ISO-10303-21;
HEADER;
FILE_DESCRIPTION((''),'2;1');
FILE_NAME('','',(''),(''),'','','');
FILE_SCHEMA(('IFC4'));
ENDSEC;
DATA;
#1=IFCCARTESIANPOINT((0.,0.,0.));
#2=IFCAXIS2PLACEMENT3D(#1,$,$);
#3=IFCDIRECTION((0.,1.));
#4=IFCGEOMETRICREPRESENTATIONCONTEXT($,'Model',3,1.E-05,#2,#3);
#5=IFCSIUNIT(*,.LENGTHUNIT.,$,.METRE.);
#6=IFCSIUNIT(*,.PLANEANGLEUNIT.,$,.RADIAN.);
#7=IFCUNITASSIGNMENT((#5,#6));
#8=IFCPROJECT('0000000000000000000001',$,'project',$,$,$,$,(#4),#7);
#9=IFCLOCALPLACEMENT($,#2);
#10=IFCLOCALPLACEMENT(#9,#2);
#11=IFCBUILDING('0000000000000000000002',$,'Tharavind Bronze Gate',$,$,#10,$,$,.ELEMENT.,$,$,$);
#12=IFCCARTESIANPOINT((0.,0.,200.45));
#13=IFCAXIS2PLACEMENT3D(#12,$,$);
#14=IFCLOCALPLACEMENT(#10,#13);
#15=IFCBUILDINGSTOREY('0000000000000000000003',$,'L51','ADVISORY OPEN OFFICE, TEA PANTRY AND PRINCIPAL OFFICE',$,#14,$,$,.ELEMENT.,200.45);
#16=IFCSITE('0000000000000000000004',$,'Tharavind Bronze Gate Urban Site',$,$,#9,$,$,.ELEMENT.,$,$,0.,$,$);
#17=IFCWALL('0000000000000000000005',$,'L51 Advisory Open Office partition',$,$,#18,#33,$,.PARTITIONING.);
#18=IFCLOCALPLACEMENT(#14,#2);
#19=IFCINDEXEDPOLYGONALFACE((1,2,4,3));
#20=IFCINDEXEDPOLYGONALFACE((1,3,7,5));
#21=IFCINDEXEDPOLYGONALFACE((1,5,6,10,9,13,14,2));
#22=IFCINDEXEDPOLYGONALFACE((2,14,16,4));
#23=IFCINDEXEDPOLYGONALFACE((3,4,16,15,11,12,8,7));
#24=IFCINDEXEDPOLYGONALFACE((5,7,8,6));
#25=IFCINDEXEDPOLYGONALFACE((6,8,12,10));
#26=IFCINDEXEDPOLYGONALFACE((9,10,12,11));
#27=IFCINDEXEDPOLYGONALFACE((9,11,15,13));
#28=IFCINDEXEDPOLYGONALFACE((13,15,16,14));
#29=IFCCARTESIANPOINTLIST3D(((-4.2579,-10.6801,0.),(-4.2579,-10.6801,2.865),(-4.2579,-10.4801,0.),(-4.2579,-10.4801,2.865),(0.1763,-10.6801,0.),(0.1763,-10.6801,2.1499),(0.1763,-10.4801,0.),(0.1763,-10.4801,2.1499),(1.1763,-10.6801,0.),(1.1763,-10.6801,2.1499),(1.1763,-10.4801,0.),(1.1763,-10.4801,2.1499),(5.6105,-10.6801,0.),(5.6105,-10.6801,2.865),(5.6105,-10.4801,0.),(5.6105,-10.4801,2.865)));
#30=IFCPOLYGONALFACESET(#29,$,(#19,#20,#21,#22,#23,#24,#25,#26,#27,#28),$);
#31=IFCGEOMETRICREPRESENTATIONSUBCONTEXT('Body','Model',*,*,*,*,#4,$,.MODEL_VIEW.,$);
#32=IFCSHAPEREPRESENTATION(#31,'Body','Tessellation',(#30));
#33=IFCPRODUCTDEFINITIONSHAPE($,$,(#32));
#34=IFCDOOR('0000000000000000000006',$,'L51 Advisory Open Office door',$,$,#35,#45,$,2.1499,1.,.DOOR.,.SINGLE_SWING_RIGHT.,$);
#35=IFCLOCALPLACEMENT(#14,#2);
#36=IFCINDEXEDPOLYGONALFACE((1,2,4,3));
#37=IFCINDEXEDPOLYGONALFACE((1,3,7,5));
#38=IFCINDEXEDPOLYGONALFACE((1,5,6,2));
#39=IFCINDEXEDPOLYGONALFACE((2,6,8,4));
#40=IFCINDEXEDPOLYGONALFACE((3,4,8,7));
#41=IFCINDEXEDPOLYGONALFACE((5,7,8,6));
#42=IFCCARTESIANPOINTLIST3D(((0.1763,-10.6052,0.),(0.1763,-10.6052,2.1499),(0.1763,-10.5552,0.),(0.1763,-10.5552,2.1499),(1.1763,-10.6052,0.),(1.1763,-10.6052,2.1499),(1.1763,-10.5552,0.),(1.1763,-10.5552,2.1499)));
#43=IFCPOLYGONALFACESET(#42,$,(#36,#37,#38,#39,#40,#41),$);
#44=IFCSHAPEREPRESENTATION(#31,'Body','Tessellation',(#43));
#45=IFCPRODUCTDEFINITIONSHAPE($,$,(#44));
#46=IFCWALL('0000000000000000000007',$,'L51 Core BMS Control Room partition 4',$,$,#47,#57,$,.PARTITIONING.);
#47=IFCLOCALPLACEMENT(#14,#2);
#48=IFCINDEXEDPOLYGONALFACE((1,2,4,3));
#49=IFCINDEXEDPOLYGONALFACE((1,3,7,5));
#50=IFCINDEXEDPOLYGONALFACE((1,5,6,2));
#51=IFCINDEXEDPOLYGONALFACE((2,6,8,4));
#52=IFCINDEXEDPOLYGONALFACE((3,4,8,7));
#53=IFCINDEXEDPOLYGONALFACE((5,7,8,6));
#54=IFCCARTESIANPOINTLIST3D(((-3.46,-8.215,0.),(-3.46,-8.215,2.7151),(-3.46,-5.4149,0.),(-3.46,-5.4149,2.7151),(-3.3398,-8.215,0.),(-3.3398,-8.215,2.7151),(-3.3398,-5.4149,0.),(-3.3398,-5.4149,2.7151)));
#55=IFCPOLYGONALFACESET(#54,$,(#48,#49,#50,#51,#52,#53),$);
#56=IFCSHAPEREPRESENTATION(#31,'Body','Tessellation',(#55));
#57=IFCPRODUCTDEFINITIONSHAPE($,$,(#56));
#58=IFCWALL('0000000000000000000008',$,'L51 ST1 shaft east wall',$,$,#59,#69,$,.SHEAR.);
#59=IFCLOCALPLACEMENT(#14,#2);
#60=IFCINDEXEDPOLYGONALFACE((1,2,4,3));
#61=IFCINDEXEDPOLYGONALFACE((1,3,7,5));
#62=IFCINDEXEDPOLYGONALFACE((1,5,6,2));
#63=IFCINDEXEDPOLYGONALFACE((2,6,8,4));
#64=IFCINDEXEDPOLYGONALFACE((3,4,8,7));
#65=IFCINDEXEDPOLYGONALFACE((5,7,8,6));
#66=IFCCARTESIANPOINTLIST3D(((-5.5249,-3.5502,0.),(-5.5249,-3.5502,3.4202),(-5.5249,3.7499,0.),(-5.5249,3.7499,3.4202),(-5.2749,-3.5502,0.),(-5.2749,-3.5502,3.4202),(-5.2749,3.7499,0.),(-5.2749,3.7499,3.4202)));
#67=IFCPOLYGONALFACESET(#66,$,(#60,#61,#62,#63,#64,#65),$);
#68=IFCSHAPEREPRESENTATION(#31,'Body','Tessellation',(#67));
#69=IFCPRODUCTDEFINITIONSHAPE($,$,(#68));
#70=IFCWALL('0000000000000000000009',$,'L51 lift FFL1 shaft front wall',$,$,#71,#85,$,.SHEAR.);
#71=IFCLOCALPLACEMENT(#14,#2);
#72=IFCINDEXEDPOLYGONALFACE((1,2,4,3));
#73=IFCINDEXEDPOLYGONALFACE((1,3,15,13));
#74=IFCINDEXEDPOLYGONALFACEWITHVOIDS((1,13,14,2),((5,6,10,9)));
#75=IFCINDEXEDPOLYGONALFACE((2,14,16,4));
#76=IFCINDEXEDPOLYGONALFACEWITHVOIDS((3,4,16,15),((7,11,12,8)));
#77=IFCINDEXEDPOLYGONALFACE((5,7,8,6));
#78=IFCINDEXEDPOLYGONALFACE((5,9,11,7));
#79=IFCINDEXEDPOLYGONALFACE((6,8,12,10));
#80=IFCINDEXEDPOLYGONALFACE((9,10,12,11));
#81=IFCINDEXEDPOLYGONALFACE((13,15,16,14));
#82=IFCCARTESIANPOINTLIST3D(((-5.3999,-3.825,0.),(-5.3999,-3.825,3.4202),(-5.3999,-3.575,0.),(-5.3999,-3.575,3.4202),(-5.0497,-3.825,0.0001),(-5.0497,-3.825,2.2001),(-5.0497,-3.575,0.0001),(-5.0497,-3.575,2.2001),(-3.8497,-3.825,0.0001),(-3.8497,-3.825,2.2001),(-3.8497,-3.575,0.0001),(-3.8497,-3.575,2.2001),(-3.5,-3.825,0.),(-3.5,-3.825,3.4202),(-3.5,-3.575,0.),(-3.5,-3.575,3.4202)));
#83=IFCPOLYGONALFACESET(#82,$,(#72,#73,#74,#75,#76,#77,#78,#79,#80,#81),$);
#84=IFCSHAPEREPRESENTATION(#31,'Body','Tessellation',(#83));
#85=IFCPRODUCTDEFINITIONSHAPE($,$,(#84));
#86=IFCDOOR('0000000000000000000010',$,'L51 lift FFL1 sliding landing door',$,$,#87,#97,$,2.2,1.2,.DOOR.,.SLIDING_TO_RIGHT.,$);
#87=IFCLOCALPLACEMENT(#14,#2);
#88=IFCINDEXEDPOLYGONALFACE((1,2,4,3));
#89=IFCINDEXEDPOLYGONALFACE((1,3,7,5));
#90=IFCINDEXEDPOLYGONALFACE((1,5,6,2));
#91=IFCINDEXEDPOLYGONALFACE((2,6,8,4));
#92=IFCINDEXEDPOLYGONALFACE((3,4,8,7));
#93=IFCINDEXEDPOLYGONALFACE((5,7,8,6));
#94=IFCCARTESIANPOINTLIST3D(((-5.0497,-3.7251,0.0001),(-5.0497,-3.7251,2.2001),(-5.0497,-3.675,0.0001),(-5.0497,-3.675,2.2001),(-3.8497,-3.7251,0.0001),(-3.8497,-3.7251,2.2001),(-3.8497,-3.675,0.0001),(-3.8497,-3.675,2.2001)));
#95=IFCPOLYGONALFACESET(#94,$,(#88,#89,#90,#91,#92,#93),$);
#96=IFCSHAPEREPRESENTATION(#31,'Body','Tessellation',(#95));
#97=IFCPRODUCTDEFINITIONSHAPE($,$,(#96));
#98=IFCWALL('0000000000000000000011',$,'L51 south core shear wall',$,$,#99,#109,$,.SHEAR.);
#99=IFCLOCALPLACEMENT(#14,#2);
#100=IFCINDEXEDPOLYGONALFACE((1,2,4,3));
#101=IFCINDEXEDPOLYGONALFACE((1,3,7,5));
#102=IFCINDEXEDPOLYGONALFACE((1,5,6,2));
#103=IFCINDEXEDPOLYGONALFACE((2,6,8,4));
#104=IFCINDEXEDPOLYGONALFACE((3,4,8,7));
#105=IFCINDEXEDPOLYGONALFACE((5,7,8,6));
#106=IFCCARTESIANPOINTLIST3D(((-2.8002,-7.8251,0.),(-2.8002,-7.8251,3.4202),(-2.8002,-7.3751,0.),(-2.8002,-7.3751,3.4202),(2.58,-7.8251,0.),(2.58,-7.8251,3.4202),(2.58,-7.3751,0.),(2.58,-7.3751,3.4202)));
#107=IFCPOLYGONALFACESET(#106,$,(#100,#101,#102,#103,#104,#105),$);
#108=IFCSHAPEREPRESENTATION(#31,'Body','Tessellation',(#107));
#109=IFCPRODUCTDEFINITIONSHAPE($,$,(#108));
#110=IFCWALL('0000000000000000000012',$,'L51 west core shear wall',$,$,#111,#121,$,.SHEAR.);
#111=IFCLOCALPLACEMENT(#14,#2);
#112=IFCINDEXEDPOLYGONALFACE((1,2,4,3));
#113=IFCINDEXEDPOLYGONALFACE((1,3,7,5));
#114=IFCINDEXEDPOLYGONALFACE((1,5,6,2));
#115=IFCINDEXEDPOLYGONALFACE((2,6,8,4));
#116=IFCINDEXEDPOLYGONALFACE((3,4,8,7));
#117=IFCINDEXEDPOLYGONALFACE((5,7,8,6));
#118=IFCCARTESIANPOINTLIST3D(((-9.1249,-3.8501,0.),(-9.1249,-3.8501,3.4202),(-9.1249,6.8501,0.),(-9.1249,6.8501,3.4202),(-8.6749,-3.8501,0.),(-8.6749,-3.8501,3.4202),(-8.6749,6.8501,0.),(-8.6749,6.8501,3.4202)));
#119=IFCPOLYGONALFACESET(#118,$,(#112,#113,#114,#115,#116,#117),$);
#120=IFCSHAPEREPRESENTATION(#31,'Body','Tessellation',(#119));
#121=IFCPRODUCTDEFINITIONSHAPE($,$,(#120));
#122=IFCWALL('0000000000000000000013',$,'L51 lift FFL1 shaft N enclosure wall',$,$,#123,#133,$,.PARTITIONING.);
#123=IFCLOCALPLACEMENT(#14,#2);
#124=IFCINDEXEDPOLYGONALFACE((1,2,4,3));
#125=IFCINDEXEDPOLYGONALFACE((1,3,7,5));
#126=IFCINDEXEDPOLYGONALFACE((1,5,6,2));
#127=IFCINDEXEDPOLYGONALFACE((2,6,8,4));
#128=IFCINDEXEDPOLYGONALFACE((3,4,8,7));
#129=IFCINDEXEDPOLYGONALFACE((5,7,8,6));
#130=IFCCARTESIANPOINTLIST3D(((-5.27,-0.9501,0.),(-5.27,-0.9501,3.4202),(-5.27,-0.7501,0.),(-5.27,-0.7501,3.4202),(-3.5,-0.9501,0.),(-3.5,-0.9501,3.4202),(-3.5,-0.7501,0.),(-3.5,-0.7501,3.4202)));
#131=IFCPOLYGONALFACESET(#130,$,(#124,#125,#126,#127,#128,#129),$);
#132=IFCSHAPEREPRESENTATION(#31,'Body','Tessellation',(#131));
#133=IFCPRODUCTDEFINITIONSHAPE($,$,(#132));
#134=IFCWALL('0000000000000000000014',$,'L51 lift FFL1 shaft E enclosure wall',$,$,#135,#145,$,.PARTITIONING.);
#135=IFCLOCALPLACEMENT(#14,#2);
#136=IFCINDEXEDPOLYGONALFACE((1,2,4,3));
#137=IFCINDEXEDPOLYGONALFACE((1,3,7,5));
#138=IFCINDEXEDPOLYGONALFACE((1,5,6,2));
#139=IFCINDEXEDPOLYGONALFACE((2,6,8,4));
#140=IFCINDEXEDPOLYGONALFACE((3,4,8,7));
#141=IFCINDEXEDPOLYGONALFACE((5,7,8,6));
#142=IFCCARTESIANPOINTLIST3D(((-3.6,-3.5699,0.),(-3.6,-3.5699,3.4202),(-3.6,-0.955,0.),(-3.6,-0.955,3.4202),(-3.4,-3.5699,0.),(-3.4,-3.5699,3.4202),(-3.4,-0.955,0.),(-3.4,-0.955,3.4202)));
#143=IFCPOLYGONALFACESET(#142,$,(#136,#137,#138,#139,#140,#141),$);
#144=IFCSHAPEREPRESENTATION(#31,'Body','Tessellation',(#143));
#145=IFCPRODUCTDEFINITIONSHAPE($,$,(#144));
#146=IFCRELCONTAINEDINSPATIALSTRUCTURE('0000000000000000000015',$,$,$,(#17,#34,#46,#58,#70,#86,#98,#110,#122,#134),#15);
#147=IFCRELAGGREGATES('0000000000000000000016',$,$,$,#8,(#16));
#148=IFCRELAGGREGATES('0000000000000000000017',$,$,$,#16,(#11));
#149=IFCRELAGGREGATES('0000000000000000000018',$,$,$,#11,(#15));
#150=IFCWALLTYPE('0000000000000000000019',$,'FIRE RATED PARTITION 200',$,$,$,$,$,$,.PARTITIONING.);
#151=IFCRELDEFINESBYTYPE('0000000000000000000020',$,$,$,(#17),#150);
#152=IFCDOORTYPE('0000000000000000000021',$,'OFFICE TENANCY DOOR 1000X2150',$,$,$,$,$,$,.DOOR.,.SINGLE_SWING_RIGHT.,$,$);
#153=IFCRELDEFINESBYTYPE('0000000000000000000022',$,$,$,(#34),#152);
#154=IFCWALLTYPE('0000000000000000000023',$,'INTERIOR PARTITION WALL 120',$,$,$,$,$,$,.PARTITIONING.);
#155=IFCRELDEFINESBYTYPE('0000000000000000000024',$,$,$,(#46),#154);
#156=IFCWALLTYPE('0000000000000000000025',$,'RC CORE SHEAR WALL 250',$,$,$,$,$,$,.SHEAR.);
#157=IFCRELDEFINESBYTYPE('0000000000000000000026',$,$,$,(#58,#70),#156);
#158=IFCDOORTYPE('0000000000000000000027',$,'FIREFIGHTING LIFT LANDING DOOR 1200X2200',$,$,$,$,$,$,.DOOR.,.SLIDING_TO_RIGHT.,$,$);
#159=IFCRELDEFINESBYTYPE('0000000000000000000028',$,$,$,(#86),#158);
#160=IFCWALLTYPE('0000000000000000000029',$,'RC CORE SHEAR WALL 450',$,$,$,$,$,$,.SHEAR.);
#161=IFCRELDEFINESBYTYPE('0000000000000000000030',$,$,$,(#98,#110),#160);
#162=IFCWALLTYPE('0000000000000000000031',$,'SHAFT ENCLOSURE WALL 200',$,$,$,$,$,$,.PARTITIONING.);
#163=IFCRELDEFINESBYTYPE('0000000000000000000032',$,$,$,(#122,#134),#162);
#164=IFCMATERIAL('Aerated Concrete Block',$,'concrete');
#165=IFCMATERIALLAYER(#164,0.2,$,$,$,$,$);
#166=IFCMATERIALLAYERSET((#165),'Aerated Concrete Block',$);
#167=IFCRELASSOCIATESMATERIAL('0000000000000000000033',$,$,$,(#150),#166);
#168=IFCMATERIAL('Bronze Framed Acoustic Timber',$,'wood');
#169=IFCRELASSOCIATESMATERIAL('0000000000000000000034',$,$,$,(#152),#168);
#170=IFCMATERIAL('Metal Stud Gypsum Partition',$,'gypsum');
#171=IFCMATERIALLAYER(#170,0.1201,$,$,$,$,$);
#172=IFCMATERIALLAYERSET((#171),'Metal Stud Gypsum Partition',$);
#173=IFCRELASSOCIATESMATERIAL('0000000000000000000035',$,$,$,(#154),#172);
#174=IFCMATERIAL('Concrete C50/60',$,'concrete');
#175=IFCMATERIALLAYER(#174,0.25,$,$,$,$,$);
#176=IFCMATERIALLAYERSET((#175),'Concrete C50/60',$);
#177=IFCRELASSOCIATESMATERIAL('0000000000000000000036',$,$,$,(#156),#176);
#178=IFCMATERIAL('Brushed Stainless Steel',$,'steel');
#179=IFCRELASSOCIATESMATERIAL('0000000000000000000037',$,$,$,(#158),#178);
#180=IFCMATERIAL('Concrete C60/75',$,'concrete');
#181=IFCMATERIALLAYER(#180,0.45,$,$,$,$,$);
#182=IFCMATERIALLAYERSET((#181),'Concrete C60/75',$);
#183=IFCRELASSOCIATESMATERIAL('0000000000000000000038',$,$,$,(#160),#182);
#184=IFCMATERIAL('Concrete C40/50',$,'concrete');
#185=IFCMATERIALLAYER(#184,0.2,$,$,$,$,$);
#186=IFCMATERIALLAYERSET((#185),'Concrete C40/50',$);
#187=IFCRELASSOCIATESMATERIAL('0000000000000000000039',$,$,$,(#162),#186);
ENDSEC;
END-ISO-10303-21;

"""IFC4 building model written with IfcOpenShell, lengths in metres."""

from ifc_helpers import new_model, si_unit, direction, frame, frame_2d, origin, place, context, subcontext, project, spatial, rectangle, extrude, material, layer, layer_set, type_object, element, fill, save


model = new_model("IFC4")

# Units and contexts
model_context = context("Model", 3, precision=1e-05, world=origin(), true_north=direction((0.0, 1.0)))
body_context = subcontext(model_context, "Body", "Model", "MODEL_VIEW")
ifc_project = project(units=[si_unit("LENGTHUNIT", "METRE"), si_unit("PLANEANGLEUNIT", "RADIAN")], contexts=[model_context])

# Site, building, storey
site_placement = place(None, origin())
site = spatial("IfcSite", under=ifc_project, at=site_placement, Name="Tharavind Bronze Gate Urban Site", CompositionType="ELEMENT", RefElevation=0.0)
building_placement = place(site_placement, origin())
building = spatial("IfcBuilding", under=site, at=building_placement, Name="Tharavind Bronze Gate", CompositionType="ELEMENT")
storey_placement = place(building_placement, frame((0.0, 0.0, 200.45)))
storey = spatial("IfcBuildingStorey", under=building, at=storey_placement, Name="L51", Description="ADVISORY OPEN OFFICE, TEA PANTRY AND PRINCIPAL OFFICE", CompositionType="ELEMENT", Elevation=200.45)

# Shared definitions
ifc_material_1 = material(Name="Concrete C60/75", Category="concrete")

# Shared definitions
ifc_material_2 = material(Name="Aerated Concrete Block", Category="concrete")
ifc_layer_1 = layer(ifc_material_2, 0.2)
ifc_layer_set_1 = layer_set([ifc_layer_1], Name="Aerated Concrete Block")
wall_type_1 = type_object("IfcWallType", Name="FIRE RATED PARTITION 200", PredefinedType="PARTITIONING", material=ifc_layer_set_1)

# Wall, opening, door
wall_1_placement = place(storey_placement, frame((-4.2578, -10.5801, 0.0), z_axis=(0.0, 0.0, 1.0), x_axis=(1.0, 0.0, 0.0)))
wall_1 = element("IfcWall", 1, at=wall_1_placement, inside=storey, type_object=wall_type_1, Name="L51 Advisory Open Office partition", PredefinedType="PARTITIONING", context=body_context, shape_type="SweptSolid", body=[
    extrude(rectangle(XDim=9.8684, YDim=0.2, at=frame_2d((4.9341, 0.0))), origin(), (0.0, 0.0, 1.0), 2.865),
])
opening_1_placement = place(wall_1_placement, frame((4.4341, 0.0, 0.0)))
opening_1 = element("IfcOpeningElement", 2, at=opening_1_placement, cuts=wall_1, PredefinedType="OPENING", context=body_context, shape_type="SweptSolid", body=[
    extrude(rectangle(XDim=1.0, YDim=2.1499, at=frame_2d((0.5, 1.075))), frame((0.0, 0.1101, 0.0), z_axis=(0.0, -1.0, 0.0), x_axis=(1.0, 0.0, 0.0)), (0.0, 0.0, 1.0), 0.22),
])
ifc_material_3 = material(Name="Bronze Framed Acoustic Timber", Category="wood")
door_type_1 = type_object("IfcDoorType", Name="OFFICE TENANCY DOOR 1000X2150", OperationType="SINGLE_SWING_RIGHT", PredefinedType="DOOR", material=ifc_material_3)
door_1_placement = place(opening_1_placement, origin())
door_1 = element("IfcDoor", 3, at=door_1_placement, inside=storey, type_object=door_type_1, Name="L51 Advisory Open Office door", OperationType="SINGLE_SWING_RIGHT", OverallHeight=2.1499, OverallWidth=1.0, PredefinedType="DOOR", context=body_context, shape_type="SweptSolid", body=[
    extrude(rectangle(XDim=1.0, YDim=2.1499, at=frame_2d((0.5, 1.075))), frame((0.0, 0.0249, 0.0), z_axis=(0.0, -1.0, 0.0), x_axis=(1.0, 0.0, 0.0)), (0.0, 0.0, 1.0), 0.05),
])
fill(opening_1, door_1)

# Walls
ifc_material_4 = material(Name="Metal Stud Gypsum Partition", Category="gypsum")
ifc_layer_2 = layer(ifc_material_4, 0.1201)
ifc_layer_set_2 = layer_set([ifc_layer_2], Name="Metal Stud Gypsum Partition")
wall_type_2 = type_object("IfcWallType", Name="INTERIOR PARTITION WALL 120", PredefinedType="PARTITIONING", material=ifc_layer_set_2)
wall_2_placement = place(storey_placement, frame((-3.3999, -5.415, 0.0), z_axis=(0.0, 0.0, 1.0), x_axis=(0.0, -1.0, 0.0)))
element("IfcWall", 4, at=wall_2_placement, inside=storey, type_object=wall_type_2, Name="L51 Core BMS Control Room partition 4", PredefinedType="PARTITIONING", context=body_context, shape_type="SweptSolid", body=[
    extrude(rectangle(XDim=2.8, YDim=0.1201, at=frame_2d((1.3999, 0.0))), origin(), (0.0, 0.0, 1.0), 2.7151),
])
ifc_material_5 = material(Name="Concrete C50/60", Category="concrete")
ifc_layer_3 = layer(ifc_material_5, 0.25)
ifc_layer_set_3 = layer_set([ifc_layer_3], Name="Concrete C50/60")
wall_type_3 = type_object("IfcWallType", Name="RC CORE SHEAR WALL 250", PredefinedType="SHEAR", material=ifc_layer_set_3)
wall_3_placement = place(storey_placement, frame((-5.3999, -3.55, 0.0), z_axis=(0.0, 0.0, 1.0), x_axis=(0.0, 1.0, 0.0)))
element("IfcWall", 5, at=wall_3_placement, inside=storey, type_object=wall_type_3, Name="L51 ST1 shaft east wall", PredefinedType="SHEAR", context=body_context, shape_type="SweptSolid", body=[
    extrude(rectangle(XDim=7.3, YDim=0.25, at=frame_2d((3.6499, 0.0))), origin(), (0.0, 0.0, 1.0), 3.4202),
])

# Wall, opening, door
wall_4_placement = place(storey_placement, frame((-5.3999, -3.7, 0.0), z_axis=(0.0, 0.0, 1.0), x_axis=(1.0, 0.0, 0.0)))
wall_4 = element("IfcWall", 6, at=wall_4_placement, inside=storey, type_object=wall_type_3, Name="L51 lift FFL1 shaft front wall", PredefinedType="SHEAR", context=body_context, shape_type="SweptSolid", body=[
    extrude(rectangle(XDim=1.8999, YDim=0.25, at=frame_2d((0.95, 0.0))), origin(), (0.0, 0.0, 1.0), 3.4202),
])
opening_2_placement = place(wall_4_placement, frame((0.3501, 0.0, 0.0)))
opening_2 = element("IfcOpeningElement", 7, at=opening_2_placement, cuts=wall_4, PredefinedType="OPENING", context=body_context, shape_type="SweptSolid", body=[
    extrude(rectangle(XDim=1.2, YDim=2.2, at=frame_2d((0.6001, 1.1001))), frame((0.0, 0.135, 0.0), z_axis=(0.0, -1.0, 0.0), x_axis=(1.0, 0.0, 0.0)), (0.0, 0.0, 1.0), 0.27),
])
ifc_material_6 = material(Name="Brushed Stainless Steel", Category="steel")
door_type_2 = type_object("IfcDoorType", Name="FIREFIGHTING LIFT LANDING DOOR 1200X2200", OperationType="SLIDING_TO_RIGHT", PredefinedType="DOOR", material=ifc_material_6)
door_2_placement = place(opening_2_placement, origin())
door_2 = element("IfcDoor", 8, at=door_2_placement, inside=storey, type_object=door_type_2, Name="L51 lift FFL1 sliding landing door", OperationType="SLIDING_TO_RIGHT", OverallHeight=2.2, OverallWidth=1.2, PredefinedType="DOOR", context=body_context, shape_type="SweptSolid", body=[
    extrude(rectangle(XDim=1.2, YDim=2.2, at=frame_2d((0.6001, 1.1001))), frame((0.0, 0.0249, 0.0), z_axis=(0.0, -1.0, 0.0), x_axis=(1.0, 0.0, 0.0)), (0.0, 0.0, 1.0), 0.05),
])
fill(opening_2, door_2)

# Walls
ifc_layer_4 = layer(ifc_material_1, 0.45)
ifc_layer_set_4 = layer_set([ifc_layer_4], Name="Concrete C60/75")
wall_type_4 = type_object("IfcWallType", Name="RC CORE SHEAR WALL 450", PredefinedType="SHEAR", material=ifc_layer_set_4)
wall_5_placement = place(storey_placement, frame((-2.8, -7.6001, 0.0), z_axis=(0.0, 0.0, 1.0), x_axis=(1.0, 0.0, 0.0)))
element("IfcWall", 9, at=wall_5_placement, inside=storey, type_object=wall_type_4, Name="L51 south core shear wall", PredefinedType="SHEAR", context=body_context, shape_type="SweptSolid", body=[
    extrude(rectangle(XDim=5.3801, YDim=0.45, at=frame_2d((2.6899, 0.0))), origin(), (0.0, 0.0, 1.0), 3.4202),
])
wall_6_placement = place(storey_placement, frame((-8.8999, -3.8501, 0.0), z_axis=(0.0, 0.0, 1.0), x_axis=(0.0, 1.0, 0.0)))
element("IfcWall", 10, at=wall_6_placement, inside=storey, type_object=wall_type_4, Name="L51 west core shear wall", PredefinedType="SHEAR", context=body_context, shape_type="SweptSolid", body=[
    extrude(rectangle(XDim=10.7002, YDim=0.45, at=frame_2d((5.3501, 0.0))), origin(), (0.0, 0.0, 1.0), 3.4202),
])
ifc_material_7 = material(Name="Concrete C40/50", Category="concrete")
ifc_layer_5 = layer(ifc_material_7, 0.2)
ifc_layer_set_5 = layer_set([ifc_layer_5], Name="Concrete C40/50")
wall_type_5 = type_object("IfcWallType", Name="SHAFT ENCLOSURE WALL 200", PredefinedType="PARTITIONING", material=ifc_layer_set_5)
wall_7_placement = place(storey_placement, frame((-5.27, -0.8501, 0.0), z_axis=(0.0, 0.0, 1.0), x_axis=(1.0, 0.0, 0.0)))
element("IfcWall", 11, at=wall_7_placement, inside=storey, type_object=wall_type_5, Name="L51 lift FFL1 shaft N enclosure wall", PredefinedType="PARTITIONING", context=body_context, shape_type="SweptSolid", body=[
    extrude(rectangle(XDim=1.77, YDim=0.2, at=frame_2d((0.885, 0.0))), origin(), (0.0, 0.0, 1.0), 3.4202),
])
wall_8_placement = place(storey_placement, frame((-3.5, -3.5701, 0.0), z_axis=(0.0, 0.0, 1.0), x_axis=(0.0, 1.0, 0.0)))
element("IfcWall", 12, at=wall_8_placement, inside=storey, type_object=wall_type_5, Name="L51 lift FFL1 shaft E enclosure wall", PredefinedType="PARTITIONING", context=body_context, shape_type="SweptSolid", body=[
    extrude(rectangle(XDim=2.615, YDim=0.2, at=frame_2d((1.3076, 0.0))), origin(), (0.0, 0.0, 1.0), 3.4202),
])

save(model, "model.ifc")
